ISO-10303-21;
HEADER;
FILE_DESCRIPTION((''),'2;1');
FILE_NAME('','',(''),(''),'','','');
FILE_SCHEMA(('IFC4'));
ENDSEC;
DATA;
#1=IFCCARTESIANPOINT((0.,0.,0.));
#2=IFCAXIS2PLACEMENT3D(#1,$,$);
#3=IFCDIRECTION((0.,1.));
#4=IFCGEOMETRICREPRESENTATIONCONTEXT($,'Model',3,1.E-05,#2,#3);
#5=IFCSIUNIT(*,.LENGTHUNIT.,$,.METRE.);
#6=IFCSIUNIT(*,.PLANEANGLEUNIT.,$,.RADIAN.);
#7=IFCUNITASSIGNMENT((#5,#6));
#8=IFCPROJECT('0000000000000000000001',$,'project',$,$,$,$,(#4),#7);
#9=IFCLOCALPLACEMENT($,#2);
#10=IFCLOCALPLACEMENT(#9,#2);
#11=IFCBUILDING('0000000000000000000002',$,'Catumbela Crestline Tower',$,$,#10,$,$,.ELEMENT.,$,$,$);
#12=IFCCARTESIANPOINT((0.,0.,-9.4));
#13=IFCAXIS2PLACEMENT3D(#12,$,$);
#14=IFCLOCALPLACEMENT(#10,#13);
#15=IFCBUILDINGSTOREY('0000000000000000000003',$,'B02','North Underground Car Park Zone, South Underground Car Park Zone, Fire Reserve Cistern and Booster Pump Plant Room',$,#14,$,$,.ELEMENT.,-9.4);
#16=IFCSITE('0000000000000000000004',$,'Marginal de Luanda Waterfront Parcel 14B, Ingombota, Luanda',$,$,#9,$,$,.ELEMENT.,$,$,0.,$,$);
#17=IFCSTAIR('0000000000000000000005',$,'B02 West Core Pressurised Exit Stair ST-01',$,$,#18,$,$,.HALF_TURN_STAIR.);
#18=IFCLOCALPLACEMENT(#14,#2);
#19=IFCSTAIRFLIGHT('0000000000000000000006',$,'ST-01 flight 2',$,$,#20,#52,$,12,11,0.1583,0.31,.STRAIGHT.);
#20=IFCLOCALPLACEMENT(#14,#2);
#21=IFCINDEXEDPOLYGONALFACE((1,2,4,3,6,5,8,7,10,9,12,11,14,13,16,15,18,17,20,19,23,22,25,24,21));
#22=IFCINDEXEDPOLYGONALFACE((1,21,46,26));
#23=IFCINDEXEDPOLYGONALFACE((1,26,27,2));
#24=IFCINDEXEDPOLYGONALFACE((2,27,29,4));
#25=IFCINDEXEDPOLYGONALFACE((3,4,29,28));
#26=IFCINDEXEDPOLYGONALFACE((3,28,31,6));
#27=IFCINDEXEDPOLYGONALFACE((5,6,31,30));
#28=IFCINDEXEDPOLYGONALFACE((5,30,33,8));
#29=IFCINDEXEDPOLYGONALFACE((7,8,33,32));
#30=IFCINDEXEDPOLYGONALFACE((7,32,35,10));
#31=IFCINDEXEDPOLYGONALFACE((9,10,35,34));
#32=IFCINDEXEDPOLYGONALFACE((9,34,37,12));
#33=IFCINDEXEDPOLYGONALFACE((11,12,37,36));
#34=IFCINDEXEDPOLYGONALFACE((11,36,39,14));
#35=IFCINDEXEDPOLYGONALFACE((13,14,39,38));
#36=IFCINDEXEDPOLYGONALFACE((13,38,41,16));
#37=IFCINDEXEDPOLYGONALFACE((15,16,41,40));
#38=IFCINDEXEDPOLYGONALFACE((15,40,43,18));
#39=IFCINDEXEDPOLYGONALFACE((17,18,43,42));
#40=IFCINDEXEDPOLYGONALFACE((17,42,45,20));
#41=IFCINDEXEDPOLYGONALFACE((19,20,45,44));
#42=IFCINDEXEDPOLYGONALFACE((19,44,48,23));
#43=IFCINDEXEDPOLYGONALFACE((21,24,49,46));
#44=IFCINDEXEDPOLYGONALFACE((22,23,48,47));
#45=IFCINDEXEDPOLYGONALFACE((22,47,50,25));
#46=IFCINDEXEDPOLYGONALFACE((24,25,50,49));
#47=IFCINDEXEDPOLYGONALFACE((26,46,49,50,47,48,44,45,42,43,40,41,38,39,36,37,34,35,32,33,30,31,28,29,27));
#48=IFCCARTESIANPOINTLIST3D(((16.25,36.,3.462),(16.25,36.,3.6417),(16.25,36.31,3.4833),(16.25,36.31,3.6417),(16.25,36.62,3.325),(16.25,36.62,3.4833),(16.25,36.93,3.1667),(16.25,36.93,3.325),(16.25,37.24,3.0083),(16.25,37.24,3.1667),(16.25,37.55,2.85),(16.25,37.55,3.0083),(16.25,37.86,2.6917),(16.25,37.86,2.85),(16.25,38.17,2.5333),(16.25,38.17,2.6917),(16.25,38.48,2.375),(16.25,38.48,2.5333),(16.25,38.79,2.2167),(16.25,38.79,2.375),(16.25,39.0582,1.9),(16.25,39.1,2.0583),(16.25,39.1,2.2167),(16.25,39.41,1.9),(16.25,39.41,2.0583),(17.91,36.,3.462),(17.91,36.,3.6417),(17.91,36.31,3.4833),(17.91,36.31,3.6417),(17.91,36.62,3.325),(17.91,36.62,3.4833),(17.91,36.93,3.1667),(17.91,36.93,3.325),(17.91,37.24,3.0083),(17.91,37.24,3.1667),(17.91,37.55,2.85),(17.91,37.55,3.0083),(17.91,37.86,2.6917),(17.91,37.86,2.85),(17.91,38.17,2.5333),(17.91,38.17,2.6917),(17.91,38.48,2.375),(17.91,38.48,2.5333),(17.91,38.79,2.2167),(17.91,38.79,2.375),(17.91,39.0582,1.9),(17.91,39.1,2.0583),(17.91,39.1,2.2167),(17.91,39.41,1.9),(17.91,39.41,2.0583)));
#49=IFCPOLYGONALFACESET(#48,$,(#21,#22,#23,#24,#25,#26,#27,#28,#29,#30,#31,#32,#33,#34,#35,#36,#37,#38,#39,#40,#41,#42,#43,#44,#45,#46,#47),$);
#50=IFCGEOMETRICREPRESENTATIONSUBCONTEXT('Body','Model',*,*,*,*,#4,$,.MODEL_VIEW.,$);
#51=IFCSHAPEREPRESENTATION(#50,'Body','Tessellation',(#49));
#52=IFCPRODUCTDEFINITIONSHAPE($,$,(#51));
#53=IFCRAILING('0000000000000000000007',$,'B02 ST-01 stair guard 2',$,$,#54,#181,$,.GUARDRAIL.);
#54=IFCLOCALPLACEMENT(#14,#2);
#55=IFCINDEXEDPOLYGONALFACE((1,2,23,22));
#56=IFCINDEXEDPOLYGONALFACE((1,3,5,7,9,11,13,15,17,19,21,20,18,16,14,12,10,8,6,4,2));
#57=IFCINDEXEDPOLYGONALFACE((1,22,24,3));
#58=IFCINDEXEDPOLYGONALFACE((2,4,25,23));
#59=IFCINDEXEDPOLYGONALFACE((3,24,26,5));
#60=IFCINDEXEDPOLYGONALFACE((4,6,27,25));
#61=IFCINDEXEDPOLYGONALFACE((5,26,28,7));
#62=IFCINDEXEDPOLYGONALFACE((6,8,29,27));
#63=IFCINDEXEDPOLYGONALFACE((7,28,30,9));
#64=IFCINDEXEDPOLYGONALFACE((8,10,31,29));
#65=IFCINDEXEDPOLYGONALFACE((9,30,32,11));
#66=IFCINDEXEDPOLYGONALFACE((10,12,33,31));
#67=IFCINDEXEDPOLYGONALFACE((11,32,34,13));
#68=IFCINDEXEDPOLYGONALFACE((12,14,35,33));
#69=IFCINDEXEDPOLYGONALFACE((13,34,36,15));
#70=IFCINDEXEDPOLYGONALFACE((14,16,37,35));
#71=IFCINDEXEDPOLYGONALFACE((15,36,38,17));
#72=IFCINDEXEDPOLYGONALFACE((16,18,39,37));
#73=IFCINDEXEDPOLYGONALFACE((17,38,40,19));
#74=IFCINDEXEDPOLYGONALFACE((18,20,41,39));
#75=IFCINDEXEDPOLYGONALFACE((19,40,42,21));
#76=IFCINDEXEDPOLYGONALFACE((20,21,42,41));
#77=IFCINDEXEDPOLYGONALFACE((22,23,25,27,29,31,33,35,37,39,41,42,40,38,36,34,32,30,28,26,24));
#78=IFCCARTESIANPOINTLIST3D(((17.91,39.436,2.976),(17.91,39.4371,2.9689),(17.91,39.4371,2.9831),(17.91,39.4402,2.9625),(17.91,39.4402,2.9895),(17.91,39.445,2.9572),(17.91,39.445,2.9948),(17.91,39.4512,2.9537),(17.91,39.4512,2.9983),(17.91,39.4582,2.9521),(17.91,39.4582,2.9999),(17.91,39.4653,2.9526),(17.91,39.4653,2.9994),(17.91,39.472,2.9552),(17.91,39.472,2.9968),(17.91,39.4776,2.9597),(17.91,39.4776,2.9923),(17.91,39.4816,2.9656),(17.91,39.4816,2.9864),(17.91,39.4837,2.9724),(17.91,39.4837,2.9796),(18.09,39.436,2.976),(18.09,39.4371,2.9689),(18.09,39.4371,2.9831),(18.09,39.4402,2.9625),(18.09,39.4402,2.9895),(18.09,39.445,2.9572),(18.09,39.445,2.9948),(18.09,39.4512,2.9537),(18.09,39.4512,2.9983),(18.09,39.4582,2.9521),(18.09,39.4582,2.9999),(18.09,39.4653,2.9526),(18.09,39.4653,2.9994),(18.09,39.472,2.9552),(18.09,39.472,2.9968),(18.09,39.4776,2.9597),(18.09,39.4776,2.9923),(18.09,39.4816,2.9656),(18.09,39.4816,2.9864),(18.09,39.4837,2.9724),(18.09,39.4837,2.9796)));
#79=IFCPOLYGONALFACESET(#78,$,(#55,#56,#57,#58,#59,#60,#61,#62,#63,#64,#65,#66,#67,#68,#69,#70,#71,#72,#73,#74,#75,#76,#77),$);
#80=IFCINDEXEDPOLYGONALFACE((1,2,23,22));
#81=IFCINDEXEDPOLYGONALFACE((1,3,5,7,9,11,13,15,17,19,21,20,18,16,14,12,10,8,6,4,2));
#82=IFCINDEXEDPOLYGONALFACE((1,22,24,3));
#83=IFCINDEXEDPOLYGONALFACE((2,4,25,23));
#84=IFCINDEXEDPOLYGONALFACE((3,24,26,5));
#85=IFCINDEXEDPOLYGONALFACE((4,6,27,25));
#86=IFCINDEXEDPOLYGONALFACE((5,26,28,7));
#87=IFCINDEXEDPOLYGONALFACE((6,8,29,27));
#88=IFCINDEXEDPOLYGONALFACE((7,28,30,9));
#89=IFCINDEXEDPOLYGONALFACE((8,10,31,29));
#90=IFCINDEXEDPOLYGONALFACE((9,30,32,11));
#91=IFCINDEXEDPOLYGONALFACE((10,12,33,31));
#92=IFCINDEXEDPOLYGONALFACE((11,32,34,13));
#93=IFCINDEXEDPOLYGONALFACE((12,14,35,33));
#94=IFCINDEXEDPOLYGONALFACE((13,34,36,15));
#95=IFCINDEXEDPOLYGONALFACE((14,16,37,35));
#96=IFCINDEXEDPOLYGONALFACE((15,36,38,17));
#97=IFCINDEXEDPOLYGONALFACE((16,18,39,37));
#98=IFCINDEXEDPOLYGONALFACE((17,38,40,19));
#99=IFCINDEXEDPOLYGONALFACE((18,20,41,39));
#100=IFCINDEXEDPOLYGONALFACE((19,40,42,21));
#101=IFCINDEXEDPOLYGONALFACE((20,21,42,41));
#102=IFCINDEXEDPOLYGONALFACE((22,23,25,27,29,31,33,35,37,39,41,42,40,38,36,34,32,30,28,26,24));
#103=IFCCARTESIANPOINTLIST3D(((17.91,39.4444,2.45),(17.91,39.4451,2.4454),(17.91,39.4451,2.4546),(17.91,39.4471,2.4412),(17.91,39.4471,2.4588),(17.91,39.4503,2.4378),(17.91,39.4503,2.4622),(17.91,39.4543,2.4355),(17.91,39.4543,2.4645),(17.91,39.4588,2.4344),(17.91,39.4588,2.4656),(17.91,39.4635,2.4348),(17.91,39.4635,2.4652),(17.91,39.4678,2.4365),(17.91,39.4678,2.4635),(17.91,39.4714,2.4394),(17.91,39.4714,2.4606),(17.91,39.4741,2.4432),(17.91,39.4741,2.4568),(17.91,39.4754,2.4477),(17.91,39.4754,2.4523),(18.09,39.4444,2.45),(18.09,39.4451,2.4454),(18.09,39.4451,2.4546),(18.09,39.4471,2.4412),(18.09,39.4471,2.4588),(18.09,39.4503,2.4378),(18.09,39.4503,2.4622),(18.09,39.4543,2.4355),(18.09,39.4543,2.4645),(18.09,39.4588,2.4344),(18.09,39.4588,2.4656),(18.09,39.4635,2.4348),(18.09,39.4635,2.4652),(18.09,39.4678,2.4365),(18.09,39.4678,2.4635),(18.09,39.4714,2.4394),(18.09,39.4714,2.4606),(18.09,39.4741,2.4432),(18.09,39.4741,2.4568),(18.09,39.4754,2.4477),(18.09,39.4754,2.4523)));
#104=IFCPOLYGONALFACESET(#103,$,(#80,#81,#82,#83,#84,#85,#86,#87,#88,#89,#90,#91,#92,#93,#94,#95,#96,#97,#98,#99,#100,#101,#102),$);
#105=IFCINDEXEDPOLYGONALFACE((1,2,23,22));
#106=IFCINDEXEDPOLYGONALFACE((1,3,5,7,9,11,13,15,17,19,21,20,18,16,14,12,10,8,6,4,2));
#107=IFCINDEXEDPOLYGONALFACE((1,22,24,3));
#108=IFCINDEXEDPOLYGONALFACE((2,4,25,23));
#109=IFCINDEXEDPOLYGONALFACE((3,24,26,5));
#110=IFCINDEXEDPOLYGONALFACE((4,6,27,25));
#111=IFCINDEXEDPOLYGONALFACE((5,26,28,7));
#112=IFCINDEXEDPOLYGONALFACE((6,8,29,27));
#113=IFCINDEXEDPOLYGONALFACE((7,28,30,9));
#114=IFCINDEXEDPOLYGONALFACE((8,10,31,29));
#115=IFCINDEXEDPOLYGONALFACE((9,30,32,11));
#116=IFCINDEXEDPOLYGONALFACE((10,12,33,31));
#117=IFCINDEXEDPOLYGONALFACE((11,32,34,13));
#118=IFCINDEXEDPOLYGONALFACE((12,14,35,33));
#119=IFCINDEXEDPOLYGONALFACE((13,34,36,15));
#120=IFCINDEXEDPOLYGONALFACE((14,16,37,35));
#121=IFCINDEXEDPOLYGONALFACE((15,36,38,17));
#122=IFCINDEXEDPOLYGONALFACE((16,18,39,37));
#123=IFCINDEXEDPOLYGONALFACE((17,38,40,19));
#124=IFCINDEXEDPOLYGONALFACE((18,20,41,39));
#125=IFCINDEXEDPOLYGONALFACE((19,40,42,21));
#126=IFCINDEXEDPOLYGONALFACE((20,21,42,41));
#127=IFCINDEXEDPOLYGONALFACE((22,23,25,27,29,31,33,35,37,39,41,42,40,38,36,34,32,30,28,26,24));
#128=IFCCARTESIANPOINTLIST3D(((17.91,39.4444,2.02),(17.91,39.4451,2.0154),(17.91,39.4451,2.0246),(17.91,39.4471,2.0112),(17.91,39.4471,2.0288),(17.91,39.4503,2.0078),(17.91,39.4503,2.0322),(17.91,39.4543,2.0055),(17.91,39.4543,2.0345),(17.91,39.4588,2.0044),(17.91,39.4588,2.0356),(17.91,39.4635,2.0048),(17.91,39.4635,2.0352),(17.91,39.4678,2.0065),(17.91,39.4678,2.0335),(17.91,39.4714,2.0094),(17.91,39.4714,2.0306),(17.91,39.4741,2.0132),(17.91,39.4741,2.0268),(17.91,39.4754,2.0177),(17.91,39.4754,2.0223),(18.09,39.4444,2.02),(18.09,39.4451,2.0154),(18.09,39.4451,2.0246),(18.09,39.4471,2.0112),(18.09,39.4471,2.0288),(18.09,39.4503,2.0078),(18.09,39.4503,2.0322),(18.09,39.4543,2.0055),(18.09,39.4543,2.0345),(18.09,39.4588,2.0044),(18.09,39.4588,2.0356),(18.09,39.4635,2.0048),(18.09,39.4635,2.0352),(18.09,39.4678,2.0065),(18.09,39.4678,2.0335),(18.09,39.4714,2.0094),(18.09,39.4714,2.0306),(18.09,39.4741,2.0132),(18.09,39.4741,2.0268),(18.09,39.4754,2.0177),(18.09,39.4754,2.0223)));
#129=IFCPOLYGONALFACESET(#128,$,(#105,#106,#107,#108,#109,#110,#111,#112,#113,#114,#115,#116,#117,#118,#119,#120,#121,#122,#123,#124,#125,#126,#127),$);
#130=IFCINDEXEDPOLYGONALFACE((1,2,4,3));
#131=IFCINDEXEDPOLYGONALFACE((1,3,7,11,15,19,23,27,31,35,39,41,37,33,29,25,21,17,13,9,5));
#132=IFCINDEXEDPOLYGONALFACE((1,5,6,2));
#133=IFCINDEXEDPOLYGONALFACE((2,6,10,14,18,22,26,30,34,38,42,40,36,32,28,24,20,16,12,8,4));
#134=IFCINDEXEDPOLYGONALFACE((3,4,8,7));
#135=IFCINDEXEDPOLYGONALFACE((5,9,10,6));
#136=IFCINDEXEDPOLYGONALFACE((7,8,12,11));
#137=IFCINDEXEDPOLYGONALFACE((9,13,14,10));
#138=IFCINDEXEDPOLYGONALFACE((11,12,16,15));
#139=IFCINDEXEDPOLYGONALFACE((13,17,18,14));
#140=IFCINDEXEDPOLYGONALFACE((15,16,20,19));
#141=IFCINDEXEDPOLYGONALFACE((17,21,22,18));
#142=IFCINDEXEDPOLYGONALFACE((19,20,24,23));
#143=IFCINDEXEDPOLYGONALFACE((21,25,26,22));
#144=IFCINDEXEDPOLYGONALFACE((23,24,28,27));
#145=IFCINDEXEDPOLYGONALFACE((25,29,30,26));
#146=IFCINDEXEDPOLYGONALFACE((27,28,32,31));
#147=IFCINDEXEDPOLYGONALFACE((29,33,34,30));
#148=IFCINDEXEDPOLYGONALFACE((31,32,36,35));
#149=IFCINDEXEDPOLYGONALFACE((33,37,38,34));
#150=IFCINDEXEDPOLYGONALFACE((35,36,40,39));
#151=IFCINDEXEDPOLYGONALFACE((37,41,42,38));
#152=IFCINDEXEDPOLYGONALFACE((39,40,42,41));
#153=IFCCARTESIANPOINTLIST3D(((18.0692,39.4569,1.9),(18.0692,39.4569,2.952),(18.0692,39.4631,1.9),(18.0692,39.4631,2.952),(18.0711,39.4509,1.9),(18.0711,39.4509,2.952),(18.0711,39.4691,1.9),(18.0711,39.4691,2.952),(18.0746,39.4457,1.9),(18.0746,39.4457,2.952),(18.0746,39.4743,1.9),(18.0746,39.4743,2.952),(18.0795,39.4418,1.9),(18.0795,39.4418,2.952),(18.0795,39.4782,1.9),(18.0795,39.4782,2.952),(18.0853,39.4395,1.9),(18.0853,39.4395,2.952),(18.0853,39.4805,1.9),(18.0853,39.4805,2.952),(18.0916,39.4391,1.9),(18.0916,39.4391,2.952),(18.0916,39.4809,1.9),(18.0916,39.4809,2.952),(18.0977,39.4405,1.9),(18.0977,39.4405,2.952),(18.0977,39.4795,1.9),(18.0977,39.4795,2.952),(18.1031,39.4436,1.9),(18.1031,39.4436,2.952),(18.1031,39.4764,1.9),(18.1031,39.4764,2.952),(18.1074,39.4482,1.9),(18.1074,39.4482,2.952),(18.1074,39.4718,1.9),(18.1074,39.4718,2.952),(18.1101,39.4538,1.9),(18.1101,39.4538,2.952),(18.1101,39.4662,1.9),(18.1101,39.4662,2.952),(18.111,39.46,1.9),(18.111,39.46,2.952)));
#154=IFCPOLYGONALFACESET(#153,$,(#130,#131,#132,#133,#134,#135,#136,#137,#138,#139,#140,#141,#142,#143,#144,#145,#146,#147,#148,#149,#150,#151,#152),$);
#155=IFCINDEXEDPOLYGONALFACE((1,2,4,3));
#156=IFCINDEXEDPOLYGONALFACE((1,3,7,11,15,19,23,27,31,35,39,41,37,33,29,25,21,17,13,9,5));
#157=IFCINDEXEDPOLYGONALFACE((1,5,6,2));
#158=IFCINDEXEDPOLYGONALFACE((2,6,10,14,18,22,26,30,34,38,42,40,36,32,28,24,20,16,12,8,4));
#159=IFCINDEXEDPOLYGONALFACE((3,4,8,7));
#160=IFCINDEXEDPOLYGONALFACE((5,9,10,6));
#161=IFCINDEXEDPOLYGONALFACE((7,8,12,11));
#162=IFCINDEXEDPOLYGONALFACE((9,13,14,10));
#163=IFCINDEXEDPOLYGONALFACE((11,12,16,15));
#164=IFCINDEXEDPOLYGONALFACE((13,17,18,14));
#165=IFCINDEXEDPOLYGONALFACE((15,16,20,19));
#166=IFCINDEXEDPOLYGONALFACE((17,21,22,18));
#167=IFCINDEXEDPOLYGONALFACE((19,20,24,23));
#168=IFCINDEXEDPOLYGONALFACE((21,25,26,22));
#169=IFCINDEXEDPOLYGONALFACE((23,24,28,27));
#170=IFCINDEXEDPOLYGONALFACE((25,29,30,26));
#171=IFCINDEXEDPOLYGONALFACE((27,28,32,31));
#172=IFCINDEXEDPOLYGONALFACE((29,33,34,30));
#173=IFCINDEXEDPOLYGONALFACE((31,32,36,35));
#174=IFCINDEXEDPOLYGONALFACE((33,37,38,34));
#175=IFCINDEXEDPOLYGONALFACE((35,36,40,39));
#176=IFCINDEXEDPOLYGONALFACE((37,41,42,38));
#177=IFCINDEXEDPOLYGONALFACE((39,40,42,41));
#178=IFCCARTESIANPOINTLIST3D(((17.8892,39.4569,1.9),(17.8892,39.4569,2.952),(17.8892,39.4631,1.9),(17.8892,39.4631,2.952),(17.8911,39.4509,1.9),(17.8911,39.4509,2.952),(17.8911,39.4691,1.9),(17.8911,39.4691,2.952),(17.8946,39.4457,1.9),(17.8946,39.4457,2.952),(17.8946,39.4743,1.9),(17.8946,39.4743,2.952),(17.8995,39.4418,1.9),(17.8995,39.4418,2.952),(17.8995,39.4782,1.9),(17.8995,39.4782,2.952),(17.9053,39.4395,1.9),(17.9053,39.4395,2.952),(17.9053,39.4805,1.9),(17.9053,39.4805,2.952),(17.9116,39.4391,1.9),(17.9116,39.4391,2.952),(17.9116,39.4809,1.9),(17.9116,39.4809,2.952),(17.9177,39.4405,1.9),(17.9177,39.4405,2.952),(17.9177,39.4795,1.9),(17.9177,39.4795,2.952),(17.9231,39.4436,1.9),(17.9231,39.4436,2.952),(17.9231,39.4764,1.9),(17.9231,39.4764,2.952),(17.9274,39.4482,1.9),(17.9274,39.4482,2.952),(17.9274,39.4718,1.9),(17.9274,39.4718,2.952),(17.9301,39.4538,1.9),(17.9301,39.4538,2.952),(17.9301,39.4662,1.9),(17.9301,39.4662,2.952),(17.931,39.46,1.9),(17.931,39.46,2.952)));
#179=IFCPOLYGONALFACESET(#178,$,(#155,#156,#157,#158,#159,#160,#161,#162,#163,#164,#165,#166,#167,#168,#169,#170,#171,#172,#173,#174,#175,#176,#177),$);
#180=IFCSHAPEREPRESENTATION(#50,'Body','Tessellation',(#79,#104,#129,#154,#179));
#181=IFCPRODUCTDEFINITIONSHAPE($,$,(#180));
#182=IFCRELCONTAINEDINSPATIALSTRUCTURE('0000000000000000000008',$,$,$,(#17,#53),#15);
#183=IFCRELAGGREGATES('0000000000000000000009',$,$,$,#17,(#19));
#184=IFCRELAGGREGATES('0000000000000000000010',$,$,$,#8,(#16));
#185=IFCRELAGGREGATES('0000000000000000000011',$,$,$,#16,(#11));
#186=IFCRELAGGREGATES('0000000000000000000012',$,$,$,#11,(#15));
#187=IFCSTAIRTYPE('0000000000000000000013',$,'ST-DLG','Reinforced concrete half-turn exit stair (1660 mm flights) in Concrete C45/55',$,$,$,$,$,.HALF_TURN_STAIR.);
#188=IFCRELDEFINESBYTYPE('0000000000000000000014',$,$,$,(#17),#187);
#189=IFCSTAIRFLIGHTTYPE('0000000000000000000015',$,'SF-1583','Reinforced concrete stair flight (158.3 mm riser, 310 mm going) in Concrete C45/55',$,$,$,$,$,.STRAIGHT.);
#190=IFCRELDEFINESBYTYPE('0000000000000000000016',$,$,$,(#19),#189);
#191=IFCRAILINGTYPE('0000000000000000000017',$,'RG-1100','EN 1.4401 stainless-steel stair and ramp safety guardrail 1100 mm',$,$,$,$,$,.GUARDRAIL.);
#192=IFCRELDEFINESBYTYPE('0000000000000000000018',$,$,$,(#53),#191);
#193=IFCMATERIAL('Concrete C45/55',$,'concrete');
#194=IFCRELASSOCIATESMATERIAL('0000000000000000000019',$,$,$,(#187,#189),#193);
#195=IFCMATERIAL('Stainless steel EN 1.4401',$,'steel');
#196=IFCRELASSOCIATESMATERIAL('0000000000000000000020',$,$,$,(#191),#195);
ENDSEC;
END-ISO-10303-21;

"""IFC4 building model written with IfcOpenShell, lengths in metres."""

from ifc_helpers import new_model, si_unit, direction, frame, origin, origin_2d, place, context, subcontext, project, spatial, polyline, circle, outline, extrude, material, type_object, element, aggregate, save


model = new_model("IFC4")

# Units and contexts
model_context = context("Model", 3, precision=1e-05, world=origin(), true_north=direction((0.0, 1.0)))
body_context = subcontext(model_context, "Body", "Model", "MODEL_VIEW")
ifc_project = project(units=[si_unit("LENGTHUNIT", "METRE"), si_unit("PLANEANGLEUNIT", "RADIAN")], contexts=[model_context])

# Site, building, storey
site_placement = place(None, origin())
site = spatial("IfcSite", under=ifc_project, at=site_placement, Name="Marginal de Luanda Waterfront Parcel 14B, Ingombota, Luanda", CompositionType="ELEMENT", RefElevation=0.0)
building_placement = place(site_placement, origin())
building = spatial("IfcBuilding", under=site, at=building_placement, Name="Catumbela Crestline Tower", CompositionType="ELEMENT")
storey_placement = place(building_placement, frame((0.0, 0.0, -9.4)))
storey = spatial("IfcBuildingStorey", under=building, at=storey_placement, Name="B02", Description="North Underground Car Park Zone, South Underground Car Park Zone, Fire Reserve Cistern and Booster Pump Plant Room", CompositionType="ELEMENT", Elevation=-9.4)

# Shared definitions
ifc_material_1 = material(Name="Stainless steel EN 1.4401", Category="steel")

# Stair, stair flight
ifc_material_2 = material(Name="Concrete C45/55", Category="concrete")
stair_type = type_object("IfcStairType", Name="ST-DLG", Description="Reinforced concrete half-turn exit stair (1660 mm flights) in Concrete C45/55", PredefinedType="HALF_TURN_STAIR", material=ifc_material_2)
stair_placement = place(storey_placement, origin())
stair = element("IfcStair", 1, at=stair_placement, inside=storey, type_object=stair_type, Name="B02 West Core Pressurised Exit Stair ST-01", PredefinedType="HALF_TURN_STAIR")
stair_flight_type = type_object("IfcStairFlightType", Name="SF-1583", Description="Reinforced concrete stair flight (158.3 mm riser, 310 mm going) in Concrete C45/55", PredefinedType="STRAIGHT", material=ifc_material_2)
stair_flight_1_placement = place(storey_placement, frame((17.08, 39.41, 1.9), z_axis=(0.0, 0.0, 1.0), x_axis=(0.0, -1.0, 0.0)))
stair_flight_1 = element("IfcStairFlight", 2, at=stair_flight_1_placement, type_object=stair_flight_type, Name="ST-01 flight 2", NumberOfRisers=12, NumberOfTreads=11, PredefinedType="STRAIGHT", RiserHeight=0.1583, TreadLength=0.31, context=body_context, shape_type="SweptSolid", body=[
    extrude(outline(polyline([(0.0, 0.0), (0.0, 0.1583), (0.31, 0.1583), (0.31, 0.3167), (0.62, 0.3167), (0.62, 0.475), (0.93, 0.475), (0.93, 0.6333), (1.24, 0.6333), (1.24, 0.7917), (1.55, 0.7917), (1.55, 0.95), (1.86, 0.95), (1.86, 1.1083), (2.17, 1.1083), (2.17, 1.2667), (2.48, 1.2667), (2.48, 1.425), (2.79, 1.425), (2.79, 1.5833), (3.1, 1.5833), (3.1, 1.7417), (3.41, 1.7417), (3.41, 1.9), (3.41, 1.562), (0.3518, 0.0), (0.0, 0.0)])), frame((0.0, 0.83, 0.0), z_axis=(0.0, -1.0, 0.0), x_axis=(1.0, 0.0, 0.0)), (0.0, 0.0, 1.0), 1.66),
])
aggregate(stair, [stair_flight_1])

# Railing
railing_type_1 = type_object("IfcRailingType", Name="RG-1100", Description="EN 1.4401 stainless-steel stair and ramp safety guardrail 1100 mm", PredefinedType="GUARDRAIL", material=ifc_material_1)
railing_1_placement = place(storey_placement, frame((18.09, 39.46, 1.9)))
element("IfcRailing", 3, at=railing_1_placement, inside=storey, type_object=railing_type_1, Name="B02 ST-01 stair guard 2", PredefinedType="GUARDRAIL", context=body_context, shape_type="SweptSolid", body=[
    extrude(circle(Radius=0.024, at=origin_2d()), frame((0.0, 0.0, 1.076), z_axis=(-1.0, 0.0, 0.0), x_axis=(0.0, -1.0, 0.0)), (0.0, 0.0, 1.0), 0.18),
    extrude(circle(Radius=0.0156, at=origin_2d()), frame((0.0, 0.0, 0.55), z_axis=(-1.0, 0.0, 0.0), x_axis=(0.0, -1.0, 0.0)), (0.0, 0.0, 1.0), 0.18),
    extrude(circle(Radius=0.0156, at=origin_2d()), frame((0.0, 0.0, 0.12), z_axis=(-1.0, 0.0, 0.0), x_axis=(0.0, -1.0, 0.0)), (0.0, 0.0, 1.0), 0.18),
    extrude(circle(Radius=0.021, at=origin_2d()), origin(), (0.0, 0.0, 1.0), 1.052),
    extrude(circle(Radius=0.021, at=origin_2d()), frame((-0.18, 0.0, 0.0)), (0.0, 0.0, 1.0), 1.052),
])

save(model, "model.ifc")
